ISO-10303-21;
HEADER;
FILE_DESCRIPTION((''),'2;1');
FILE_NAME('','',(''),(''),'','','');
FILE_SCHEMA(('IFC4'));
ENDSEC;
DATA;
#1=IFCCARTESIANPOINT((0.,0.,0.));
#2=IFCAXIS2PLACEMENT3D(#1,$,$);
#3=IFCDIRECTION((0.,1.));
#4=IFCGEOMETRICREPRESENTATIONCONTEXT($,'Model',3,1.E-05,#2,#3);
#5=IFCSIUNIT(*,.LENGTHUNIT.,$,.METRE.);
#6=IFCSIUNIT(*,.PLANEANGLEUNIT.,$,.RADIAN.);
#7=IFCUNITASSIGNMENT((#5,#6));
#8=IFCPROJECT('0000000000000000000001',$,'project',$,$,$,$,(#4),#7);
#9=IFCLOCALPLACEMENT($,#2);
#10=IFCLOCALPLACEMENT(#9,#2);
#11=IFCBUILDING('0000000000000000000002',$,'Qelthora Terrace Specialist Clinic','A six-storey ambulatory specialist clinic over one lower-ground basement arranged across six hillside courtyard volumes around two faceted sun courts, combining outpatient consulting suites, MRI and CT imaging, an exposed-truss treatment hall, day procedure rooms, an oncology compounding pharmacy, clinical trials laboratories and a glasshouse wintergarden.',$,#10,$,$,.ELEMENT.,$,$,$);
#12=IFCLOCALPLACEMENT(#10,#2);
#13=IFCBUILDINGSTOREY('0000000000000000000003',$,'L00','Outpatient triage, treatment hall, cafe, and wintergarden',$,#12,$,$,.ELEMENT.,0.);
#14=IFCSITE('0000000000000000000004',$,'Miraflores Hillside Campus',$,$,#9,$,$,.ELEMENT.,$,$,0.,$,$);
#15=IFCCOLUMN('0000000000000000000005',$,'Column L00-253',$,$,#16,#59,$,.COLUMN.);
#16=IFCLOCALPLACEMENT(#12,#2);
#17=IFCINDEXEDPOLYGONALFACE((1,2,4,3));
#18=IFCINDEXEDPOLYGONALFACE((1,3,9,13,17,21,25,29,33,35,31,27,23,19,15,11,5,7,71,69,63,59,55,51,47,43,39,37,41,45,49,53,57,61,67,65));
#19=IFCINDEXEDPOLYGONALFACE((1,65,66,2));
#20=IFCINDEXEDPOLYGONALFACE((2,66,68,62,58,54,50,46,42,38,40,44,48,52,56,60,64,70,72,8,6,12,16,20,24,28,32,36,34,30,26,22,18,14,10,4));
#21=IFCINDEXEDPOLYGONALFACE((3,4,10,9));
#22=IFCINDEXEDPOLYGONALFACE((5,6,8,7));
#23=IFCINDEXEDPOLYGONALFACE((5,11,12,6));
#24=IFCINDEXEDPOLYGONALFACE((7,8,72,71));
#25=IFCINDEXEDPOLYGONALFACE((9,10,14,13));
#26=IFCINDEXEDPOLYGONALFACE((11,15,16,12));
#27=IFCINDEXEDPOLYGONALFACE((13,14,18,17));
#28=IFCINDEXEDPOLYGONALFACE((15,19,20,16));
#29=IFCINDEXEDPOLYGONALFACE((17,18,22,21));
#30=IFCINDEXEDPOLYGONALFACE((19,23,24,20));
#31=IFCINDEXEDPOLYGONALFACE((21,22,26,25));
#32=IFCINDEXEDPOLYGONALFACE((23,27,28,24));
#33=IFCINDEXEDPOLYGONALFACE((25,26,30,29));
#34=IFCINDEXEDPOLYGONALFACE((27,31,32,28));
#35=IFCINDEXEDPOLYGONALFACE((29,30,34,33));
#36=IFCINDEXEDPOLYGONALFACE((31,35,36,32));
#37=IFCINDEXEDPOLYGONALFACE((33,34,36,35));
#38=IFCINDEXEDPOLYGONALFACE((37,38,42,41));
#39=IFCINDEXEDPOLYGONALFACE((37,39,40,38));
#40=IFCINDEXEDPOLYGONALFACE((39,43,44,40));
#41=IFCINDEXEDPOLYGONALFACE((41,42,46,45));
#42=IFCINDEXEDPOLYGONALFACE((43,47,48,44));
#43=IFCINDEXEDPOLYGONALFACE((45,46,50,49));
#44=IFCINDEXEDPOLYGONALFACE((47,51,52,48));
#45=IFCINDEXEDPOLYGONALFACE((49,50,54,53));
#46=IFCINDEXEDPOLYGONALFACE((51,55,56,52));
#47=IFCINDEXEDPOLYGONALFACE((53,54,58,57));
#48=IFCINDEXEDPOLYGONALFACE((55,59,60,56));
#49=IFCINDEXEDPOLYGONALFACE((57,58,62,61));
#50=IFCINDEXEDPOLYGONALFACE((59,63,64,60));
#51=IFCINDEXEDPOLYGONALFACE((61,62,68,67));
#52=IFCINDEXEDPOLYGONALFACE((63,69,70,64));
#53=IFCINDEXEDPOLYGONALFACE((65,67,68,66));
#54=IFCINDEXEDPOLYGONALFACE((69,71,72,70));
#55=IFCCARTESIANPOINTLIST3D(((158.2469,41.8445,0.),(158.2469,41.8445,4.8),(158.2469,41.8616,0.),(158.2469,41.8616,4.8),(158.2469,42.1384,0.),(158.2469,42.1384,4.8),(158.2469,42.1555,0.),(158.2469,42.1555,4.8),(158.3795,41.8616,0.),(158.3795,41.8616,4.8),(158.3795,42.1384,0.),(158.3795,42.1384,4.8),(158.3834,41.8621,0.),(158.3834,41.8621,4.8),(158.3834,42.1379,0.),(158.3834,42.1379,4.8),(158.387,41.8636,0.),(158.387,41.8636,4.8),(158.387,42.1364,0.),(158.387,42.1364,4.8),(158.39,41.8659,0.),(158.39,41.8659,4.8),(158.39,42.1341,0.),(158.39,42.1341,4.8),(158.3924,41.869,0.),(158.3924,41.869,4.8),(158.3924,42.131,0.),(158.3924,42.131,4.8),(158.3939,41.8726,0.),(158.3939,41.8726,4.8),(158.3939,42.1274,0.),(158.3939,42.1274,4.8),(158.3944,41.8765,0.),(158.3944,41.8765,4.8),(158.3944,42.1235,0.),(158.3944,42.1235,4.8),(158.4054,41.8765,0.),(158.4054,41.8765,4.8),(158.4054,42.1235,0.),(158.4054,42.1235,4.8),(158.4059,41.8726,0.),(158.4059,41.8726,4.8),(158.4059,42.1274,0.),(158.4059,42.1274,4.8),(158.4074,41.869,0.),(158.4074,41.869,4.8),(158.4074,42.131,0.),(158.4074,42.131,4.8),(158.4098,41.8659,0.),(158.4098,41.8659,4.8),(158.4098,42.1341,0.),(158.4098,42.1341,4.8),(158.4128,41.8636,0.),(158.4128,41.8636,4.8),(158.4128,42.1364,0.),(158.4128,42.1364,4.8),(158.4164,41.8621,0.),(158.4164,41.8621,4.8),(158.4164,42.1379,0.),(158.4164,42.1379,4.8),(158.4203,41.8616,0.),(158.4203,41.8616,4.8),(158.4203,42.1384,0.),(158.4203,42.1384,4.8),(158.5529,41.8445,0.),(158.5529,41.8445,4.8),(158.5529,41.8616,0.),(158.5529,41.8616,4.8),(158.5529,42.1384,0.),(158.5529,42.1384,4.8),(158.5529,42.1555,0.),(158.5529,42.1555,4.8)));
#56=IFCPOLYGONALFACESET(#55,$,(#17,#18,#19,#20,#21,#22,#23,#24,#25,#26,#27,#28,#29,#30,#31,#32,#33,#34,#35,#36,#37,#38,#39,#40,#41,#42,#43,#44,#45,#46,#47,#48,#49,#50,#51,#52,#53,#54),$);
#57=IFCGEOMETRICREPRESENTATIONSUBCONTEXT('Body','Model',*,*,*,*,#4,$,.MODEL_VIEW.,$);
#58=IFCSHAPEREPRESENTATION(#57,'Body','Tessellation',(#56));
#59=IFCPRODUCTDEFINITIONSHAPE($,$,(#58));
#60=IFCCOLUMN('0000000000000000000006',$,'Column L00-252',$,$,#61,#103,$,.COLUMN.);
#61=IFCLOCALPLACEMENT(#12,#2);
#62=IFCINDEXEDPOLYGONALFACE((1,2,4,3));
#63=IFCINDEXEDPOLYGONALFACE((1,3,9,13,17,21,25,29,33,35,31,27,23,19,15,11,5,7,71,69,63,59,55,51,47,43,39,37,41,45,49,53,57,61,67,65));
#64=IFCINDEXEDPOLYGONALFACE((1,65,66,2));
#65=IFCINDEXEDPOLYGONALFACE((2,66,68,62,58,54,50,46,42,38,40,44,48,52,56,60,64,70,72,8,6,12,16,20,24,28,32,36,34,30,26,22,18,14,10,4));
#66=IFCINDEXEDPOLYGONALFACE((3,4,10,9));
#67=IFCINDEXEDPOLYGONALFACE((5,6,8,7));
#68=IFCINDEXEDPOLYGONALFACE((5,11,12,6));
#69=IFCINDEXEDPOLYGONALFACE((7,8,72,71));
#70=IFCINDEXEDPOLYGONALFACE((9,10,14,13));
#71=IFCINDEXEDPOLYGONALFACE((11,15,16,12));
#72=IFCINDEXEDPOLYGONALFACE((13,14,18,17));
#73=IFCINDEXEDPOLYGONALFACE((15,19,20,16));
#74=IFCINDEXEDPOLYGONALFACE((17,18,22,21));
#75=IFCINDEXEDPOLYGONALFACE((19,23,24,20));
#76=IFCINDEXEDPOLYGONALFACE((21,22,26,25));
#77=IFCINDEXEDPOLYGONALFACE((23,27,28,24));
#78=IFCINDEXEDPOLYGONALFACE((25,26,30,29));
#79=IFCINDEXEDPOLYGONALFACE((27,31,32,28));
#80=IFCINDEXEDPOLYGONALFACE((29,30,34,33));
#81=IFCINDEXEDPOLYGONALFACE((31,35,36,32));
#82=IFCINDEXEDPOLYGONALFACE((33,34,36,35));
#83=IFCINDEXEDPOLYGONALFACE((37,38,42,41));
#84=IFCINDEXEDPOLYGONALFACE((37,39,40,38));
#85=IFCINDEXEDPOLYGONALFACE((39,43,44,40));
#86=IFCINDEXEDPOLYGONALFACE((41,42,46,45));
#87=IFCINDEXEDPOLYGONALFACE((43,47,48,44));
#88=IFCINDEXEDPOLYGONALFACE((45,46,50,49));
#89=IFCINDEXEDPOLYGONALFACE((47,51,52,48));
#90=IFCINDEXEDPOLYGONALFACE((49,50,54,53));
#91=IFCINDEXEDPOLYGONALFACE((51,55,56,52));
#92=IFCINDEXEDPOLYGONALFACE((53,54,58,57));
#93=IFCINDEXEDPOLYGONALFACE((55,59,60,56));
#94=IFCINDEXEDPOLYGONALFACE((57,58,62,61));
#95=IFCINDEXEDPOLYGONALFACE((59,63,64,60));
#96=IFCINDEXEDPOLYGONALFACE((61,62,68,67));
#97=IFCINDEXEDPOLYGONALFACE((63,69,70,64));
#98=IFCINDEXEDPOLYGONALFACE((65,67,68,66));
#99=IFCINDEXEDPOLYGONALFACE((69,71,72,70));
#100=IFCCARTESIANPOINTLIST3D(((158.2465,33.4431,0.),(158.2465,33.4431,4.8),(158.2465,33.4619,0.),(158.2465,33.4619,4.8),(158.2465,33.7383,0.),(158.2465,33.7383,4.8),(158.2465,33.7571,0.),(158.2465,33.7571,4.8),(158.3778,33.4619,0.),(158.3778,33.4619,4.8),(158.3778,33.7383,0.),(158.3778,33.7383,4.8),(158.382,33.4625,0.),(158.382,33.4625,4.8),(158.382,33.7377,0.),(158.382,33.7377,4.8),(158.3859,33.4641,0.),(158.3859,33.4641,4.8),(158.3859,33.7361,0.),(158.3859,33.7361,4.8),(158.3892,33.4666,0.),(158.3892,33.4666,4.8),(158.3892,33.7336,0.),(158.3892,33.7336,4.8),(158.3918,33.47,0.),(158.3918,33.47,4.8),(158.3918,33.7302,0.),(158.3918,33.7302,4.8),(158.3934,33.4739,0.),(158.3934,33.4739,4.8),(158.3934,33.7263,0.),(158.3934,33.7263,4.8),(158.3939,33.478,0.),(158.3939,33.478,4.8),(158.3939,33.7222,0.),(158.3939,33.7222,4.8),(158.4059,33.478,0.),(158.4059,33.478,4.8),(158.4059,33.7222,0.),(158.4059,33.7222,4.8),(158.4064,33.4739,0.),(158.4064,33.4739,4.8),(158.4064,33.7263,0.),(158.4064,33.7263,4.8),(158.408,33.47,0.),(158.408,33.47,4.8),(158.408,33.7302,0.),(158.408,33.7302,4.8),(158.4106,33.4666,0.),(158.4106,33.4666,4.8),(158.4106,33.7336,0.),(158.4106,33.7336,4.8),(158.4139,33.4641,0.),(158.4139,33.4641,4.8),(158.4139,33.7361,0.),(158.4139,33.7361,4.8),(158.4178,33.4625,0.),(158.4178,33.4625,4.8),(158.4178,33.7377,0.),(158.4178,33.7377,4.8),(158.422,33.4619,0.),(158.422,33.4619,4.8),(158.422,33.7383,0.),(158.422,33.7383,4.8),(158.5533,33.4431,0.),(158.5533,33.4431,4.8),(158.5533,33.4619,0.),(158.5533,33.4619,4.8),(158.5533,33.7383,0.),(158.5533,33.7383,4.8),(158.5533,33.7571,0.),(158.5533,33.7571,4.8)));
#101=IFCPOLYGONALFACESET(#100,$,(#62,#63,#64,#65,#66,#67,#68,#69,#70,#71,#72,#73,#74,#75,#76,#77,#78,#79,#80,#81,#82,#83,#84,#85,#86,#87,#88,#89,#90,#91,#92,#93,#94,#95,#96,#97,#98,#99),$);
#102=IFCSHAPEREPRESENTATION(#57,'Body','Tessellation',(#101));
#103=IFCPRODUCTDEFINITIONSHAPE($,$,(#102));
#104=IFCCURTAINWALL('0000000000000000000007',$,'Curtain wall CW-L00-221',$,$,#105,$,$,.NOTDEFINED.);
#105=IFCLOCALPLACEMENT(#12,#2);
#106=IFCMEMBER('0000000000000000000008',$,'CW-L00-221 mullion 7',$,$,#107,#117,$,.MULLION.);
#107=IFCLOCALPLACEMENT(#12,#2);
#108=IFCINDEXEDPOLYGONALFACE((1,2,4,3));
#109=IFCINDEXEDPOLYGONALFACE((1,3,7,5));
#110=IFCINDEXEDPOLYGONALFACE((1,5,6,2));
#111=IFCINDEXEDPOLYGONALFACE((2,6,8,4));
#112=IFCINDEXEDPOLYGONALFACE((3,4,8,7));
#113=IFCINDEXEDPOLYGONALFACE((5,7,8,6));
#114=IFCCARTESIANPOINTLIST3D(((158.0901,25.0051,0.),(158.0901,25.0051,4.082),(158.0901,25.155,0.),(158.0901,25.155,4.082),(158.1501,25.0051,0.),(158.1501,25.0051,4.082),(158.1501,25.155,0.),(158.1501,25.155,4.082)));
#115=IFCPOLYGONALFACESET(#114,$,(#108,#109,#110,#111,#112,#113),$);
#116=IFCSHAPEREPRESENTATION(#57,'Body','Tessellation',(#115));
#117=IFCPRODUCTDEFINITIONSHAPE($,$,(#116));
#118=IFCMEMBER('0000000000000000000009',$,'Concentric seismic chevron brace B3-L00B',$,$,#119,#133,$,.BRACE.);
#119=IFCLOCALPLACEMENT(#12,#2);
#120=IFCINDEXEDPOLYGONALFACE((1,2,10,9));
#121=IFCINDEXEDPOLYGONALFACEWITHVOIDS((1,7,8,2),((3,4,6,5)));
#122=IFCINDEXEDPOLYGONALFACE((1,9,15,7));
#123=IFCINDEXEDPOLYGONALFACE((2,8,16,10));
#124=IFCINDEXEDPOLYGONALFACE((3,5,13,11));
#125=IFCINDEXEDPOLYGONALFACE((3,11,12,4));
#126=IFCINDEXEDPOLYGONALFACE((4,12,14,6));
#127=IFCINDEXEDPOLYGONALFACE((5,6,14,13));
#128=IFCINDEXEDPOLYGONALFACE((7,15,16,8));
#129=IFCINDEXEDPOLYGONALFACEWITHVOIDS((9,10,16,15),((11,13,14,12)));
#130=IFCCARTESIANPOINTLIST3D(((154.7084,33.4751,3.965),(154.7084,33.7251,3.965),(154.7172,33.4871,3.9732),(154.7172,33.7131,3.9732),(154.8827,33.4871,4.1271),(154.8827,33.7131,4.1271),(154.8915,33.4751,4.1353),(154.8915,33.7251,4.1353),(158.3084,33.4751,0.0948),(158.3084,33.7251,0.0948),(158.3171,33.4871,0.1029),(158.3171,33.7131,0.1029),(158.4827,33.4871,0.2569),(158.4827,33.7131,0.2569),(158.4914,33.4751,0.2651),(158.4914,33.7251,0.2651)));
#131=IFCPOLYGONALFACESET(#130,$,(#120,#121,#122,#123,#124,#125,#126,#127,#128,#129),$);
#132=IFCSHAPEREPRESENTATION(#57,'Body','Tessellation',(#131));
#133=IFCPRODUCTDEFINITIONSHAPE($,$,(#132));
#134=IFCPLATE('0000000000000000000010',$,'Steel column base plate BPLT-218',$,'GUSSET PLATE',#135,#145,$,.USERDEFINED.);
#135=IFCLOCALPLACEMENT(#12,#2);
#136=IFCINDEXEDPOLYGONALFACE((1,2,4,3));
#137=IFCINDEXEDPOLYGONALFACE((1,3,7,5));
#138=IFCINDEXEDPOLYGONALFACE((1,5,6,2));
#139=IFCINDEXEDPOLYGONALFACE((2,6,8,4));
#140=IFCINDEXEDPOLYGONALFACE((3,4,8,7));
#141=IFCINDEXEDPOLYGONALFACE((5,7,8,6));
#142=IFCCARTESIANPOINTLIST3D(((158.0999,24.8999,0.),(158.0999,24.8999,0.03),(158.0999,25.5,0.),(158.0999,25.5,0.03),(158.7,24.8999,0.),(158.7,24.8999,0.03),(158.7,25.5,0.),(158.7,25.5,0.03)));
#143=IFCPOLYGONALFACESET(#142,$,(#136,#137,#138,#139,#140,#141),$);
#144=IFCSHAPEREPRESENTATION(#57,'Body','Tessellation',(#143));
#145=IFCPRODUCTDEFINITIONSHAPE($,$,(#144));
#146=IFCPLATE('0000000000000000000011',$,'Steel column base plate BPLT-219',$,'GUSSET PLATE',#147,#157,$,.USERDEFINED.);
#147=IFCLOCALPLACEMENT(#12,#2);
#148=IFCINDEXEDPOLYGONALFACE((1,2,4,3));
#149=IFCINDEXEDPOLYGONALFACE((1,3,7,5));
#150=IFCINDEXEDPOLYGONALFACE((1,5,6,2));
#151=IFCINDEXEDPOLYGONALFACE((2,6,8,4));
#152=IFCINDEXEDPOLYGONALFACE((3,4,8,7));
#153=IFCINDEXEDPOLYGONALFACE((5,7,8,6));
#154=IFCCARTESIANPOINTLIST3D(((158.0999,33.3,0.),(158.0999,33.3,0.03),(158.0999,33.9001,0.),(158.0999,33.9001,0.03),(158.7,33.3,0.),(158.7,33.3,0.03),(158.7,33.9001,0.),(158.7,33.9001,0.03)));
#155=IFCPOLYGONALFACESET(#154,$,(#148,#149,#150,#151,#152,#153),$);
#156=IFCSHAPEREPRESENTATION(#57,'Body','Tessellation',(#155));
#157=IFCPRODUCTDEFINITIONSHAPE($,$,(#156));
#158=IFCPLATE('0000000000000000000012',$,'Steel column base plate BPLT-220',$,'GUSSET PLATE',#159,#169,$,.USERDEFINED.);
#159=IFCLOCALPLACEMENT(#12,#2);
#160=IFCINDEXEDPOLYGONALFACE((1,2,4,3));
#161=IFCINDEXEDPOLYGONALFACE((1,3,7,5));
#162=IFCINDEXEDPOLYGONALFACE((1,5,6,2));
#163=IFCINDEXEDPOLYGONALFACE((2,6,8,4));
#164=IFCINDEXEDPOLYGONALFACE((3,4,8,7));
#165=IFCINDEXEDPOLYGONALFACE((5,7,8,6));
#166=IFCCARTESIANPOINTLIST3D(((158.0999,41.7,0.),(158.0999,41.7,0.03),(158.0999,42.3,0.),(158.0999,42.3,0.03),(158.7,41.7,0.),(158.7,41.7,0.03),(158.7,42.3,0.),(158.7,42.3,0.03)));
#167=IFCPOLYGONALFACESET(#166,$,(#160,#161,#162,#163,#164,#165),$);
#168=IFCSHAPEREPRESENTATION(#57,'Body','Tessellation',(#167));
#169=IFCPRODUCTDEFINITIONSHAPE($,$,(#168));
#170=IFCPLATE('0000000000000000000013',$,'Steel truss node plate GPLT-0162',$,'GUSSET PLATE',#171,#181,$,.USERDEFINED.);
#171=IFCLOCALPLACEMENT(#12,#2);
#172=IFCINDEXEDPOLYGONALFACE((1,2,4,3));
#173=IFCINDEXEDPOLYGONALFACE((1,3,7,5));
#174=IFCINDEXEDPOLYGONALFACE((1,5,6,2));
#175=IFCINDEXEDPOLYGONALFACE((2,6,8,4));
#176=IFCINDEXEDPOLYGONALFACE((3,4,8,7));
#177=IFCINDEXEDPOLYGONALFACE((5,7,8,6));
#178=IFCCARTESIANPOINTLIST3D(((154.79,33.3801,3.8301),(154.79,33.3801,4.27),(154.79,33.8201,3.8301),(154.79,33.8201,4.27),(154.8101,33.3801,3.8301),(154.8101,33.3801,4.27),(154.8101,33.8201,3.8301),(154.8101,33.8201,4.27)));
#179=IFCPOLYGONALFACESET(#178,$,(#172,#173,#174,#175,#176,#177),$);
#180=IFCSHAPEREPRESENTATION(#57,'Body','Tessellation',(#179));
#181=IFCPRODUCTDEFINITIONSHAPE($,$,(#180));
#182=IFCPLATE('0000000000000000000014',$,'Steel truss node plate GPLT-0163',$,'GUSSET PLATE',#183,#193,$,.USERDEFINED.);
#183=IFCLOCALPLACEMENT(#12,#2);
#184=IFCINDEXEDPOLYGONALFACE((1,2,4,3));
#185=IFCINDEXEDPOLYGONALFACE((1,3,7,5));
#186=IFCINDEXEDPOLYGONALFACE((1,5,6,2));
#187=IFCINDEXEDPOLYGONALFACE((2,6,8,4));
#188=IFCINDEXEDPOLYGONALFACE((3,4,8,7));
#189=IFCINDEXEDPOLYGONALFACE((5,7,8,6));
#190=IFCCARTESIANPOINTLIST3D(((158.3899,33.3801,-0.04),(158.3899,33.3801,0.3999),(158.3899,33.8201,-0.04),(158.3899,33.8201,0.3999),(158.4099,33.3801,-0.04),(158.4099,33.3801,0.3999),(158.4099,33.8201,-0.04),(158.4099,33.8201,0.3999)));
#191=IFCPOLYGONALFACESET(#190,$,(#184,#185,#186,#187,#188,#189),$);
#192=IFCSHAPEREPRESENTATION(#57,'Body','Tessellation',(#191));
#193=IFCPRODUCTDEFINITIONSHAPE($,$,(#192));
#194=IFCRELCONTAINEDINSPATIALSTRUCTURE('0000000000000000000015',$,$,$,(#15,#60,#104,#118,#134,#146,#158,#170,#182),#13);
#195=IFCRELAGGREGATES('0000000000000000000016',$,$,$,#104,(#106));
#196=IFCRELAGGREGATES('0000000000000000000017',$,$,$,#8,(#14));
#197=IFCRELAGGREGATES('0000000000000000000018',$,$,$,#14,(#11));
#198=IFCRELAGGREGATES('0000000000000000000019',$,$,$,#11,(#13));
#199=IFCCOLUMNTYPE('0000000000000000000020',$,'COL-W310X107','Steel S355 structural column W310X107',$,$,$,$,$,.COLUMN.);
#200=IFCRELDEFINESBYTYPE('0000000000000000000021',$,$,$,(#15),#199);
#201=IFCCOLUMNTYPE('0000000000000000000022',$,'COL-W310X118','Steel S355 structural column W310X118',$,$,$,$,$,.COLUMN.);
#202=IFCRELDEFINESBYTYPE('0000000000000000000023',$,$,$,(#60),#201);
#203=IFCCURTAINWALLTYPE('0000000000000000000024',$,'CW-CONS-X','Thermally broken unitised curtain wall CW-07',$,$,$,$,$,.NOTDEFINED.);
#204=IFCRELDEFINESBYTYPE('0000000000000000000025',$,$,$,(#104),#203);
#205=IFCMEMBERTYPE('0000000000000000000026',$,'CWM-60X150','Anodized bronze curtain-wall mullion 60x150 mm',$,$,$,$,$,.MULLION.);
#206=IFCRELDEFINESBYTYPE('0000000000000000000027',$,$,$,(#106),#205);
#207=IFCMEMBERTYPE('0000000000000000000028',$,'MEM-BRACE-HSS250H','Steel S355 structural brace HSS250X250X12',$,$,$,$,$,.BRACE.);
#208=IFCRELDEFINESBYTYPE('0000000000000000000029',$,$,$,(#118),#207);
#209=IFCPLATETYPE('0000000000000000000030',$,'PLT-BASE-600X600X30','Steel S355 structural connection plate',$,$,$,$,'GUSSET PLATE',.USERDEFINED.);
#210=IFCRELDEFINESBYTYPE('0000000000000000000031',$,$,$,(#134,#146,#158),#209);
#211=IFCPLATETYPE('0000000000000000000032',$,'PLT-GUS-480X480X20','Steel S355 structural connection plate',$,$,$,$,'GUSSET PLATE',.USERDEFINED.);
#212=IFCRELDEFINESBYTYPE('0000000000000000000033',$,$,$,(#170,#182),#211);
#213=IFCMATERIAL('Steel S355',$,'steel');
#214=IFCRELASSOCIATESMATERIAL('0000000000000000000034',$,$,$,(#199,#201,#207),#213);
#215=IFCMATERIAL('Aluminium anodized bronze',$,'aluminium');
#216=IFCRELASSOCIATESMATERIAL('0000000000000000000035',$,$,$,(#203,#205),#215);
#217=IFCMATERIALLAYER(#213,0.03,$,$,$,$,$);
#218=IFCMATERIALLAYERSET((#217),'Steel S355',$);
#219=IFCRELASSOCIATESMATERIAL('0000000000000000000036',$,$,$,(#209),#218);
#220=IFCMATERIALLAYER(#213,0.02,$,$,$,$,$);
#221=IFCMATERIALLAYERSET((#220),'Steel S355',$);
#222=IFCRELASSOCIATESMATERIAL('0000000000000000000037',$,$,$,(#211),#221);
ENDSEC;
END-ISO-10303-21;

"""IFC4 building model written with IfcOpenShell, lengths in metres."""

from ifc_helpers import new_model, si_unit, direction, frame, origin, origin_2d, place, context, subcontext, project, spatial, rectangle, hollow_rectangle, i_section, extrude, material, layer, layer_set, material_profile, profile_set, type_object, element, aggregate, save


model = new_model("IFC4")

# Units and contexts
model_context = context("Model", 3, precision=1e-05, world=origin(), true_north=direction((0.0, 1.0)))
body_context = subcontext(model_context, "Body", "Model", "MODEL_VIEW")
ifc_project = project(units=[si_unit("LENGTHUNIT", "METRE"), si_unit("PLANEANGLEUNIT", "RADIAN")], contexts=[model_context])

# Site, building, storey
site_placement = place(None, origin())
site = spatial("IfcSite", under=ifc_project, at=site_placement, Name="Miraflores Hillside Campus", CompositionType="ELEMENT", RefElevation=0.0)
building_placement = place(site_placement, origin())
building = spatial("IfcBuilding", under=site, at=building_placement, Name="Qelthora Terrace Specialist Clinic", Description="A six-storey ambulatory specialist clinic over one lower-ground basement arranged across six hillside courtyard volumes around two faceted sun courts, combining outpatient consulting suites, MRI and CT imaging, an exposed-truss treatment hall, day procedure rooms, an oncology compounding pharmacy, clinical trials laboratories and a glasshouse wintergarden.", CompositionType="ELEMENT")
storey_placement = place(building_placement, origin())
storey = spatial("IfcBuildingStorey", under=building, at=storey_placement, Name="L00", Description="Outpatient triage, treatment hall, cafe, and wintergarden", CompositionType="ELEMENT", Elevation=0.0)

# Columns
ifc_material_1 = material(Name="Steel S355", Category="steel")
ifc_material_profile_1 = material_profile(ifc_material_1, i_section(OverallWidth=0.3059, OverallDepth=0.311, WebThickness=0.011, FlangeThickness=0.0171, FilletRadius=0.0149, at=origin_2d()), Name="W310X107")
ifc_profile_set_1 = profile_set([ifc_material_profile_1], Name="Steel S355")
column_type_1 = type_object("IfcColumnType", Name="COL-W310X107", Description="Steel S355 structural column W310X107", PredefinedType="COLUMN", material=ifc_profile_set_1)
column_1_placement = place(storey_placement, frame((158.3999, 42.0, 0.0), z_axis=(0.0, 0.0, 1.0), x_axis=(1.0, 0.0, 0.0)))
element("IfcColumn", 1, at=column_1_placement, inside=storey, type_object=column_type_1, Name="Column L00-253", PredefinedType="COLUMN", context=body_context, shape_type="SweptSolid", body=[
    extrude(i_section(OverallWidth=0.3059, OverallDepth=0.311, WebThickness=0.011, FlangeThickness=0.0171, FilletRadius=0.0149, at=origin_2d()), origin(), (0.0, 0.0, 1.0), 4.8),
])
ifc_material_profile_2 = material_profile(ifc_material_1, i_section(OverallWidth=0.3069, OverallDepth=0.314, WebThickness=0.012, FlangeThickness=0.0188, FilletRadius=0.0161, at=origin_2d()), Name="W310X118")
ifc_profile_set_2 = profile_set([ifc_material_profile_2], Name="Steel S355")
column_type_2 = type_object("IfcColumnType", Name="COL-W310X118", Description="Steel S355 structural column W310X118", PredefinedType="COLUMN", material=ifc_profile_set_2)
column_2_placement = place(storey_placement, frame((158.3999, 33.6001, 0.0), z_axis=(0.0, 0.0, 1.0), x_axis=(1.0, 0.0, 0.0)))
element("IfcColumn", 2, at=column_2_placement, inside=storey, type_object=column_type_2, Name="Column L00-252", PredefinedType="COLUMN", context=body_context, shape_type="SweptSolid", body=[
    extrude(i_section(OverallWidth=0.3069, OverallDepth=0.314, WebThickness=0.012, FlangeThickness=0.0188, FilletRadius=0.0161, at=origin_2d()), origin(), (0.0, 0.0, 1.0), 4.8),
])

# Curtain wall, member
ifc_material_2 = material(Name="Aluminium anodized bronze", Category="aluminium")
curtain_wall_type = type_object("IfcCurtainWallType", Name="CW-CONS-X", Description="Thermally broken unitised curtain wall CW-07", PredefinedType="NOTDEFINED", material=ifc_material_2)
curtain_wall_placement = place(storey_placement, origin())
curtain_wall = element("IfcCurtainWall", 3, at=curtain_wall_placement, inside=storey, type_object=curtain_wall_type, Name="Curtain wall CW-L00-221", PredefinedType="NOTDEFINED")
ifc_material_profile_3 = material_profile(ifc_material_2, rectangle(XDim=0.0601, YDim=0.1499, at=origin_2d()), Name="CWM60X150")
ifc_profile_set_3 = profile_set([ifc_material_profile_3], Name="Aluminium anodized bronze")
member_type_1 = type_object("IfcMemberType", Name="CWM-60X150", Description="Anodized bronze curtain-wall mullion 60x150 mm", PredefinedType="MULLION", material=ifc_profile_set_3)
member_1_placement = place(storey_placement, frame((158.1201, 25.0801, 0.0), z_axis=(0.0, 0.0, 1.0), x_axis=(1.0, 0.0, 0.0)))
member_1 = element("IfcMember", 4, at=member_1_placement, type_object=member_type_1, Name="CW-L00-221 mullion 7", PredefinedType="MULLION", context=body_context, shape_type="SweptSolid", body=[
    extrude(rectangle(XDim=0.0601, YDim=0.1499, at=origin_2d()), origin(), (0.0, 0.0, 1.0), 4.082),
])
aggregate(curtain_wall, [member_1])

# Member
ifc_material_profile_4 = material_profile(ifc_material_1, hollow_rectangle(XDim=0.25, YDim=0.25, WallThickness=0.012, at=origin_2d()), Name="HSS250X250X12")
ifc_profile_set_4 = profile_set([ifc_material_profile_4], Name="Steel S355")
member_type_2 = type_object("IfcMemberType", Name="MEM-BRACE-HSS250H", Description="Steel S355 structural brace HSS250X250X12", PredefinedType="BRACE", material=ifc_profile_set_4)
member_2_placement = place(storey_placement, frame((158.3999, 33.6001, 0.1799), z_axis=(-0.681078, 0.0, 0.732211), x_axis=(0.0, -1.0, 0.0)))
element("IfcMember", 5, at=member_2_placement, inside=storey, type_object=member_type_2, Name="Concentric seismic chevron brace B3-L00B", PredefinedType="BRACE", context=body_context, shape_type="SweptSolid", body=[
    extrude(hollow_rectangle(XDim=0.25, YDim=0.25, WallThickness=0.012, at=origin_2d()), origin(), (0.0, 0.0, 1.0), 5.2856),
])

# Plates
ifc_layer_1 = layer(ifc_material_1, 0.03)
ifc_layer_set_1 = layer_set([ifc_layer_1], Name="Steel S355")
plate_type_1 = type_object("IfcPlateType", Name="PLT-BASE-600X600X30", Description="Steel S355 structural connection plate", ElementType="GUSSET PLATE", PredefinedType="USERDEFINED", material=ifc_layer_set_1)
for number, where, z_axis, x_axis, name in (
    (6, (158.3999, 25.2, 0.0), (0.0, 0.0, 1.0), (1.0, 0.0, 0.0), "Steel column base plate BPLT-218"),
    (7, (158.3999, 33.6001, 0.0), (0.0, 0.0, 1.0), (1.0, 0.0, 0.0), "Steel column base plate BPLT-219"),
    (8, (158.3999, 42.0, 0.0), (0.0, 0.0, 1.0), (1.0, 0.0, 0.0), "Steel column base plate BPLT-220"),
):
    element("IfcPlate", number, at=place(storey_placement, frame(where, z_axis=z_axis, x_axis=x_axis)), inside=storey, type_object=plate_type_1, Name=name, ObjectType="GUSSET PLATE", PredefinedType="USERDEFINED", context=body_context, shape_type="SweptSolid", body=[
        extrude(rectangle(XDim=0.6001, YDim=0.6001, at=origin_2d()), origin(), (0.0, 0.0, 1.0), 0.03),
    ])
ifc_layer_2 = layer(ifc_material_1, 0.02)
ifc_layer_set_2 = layer_set([ifc_layer_2], Name="Steel S355")
plate_type_2 = type_object("IfcPlateType", Name="PLT-GUS-480X480X20", Description="Steel S355 structural connection plate", ElementType="GUSSET PLATE", PredefinedType="USERDEFINED", material=ifc_layer_set_2)
for number, where, z_axis, x_axis, name in (
    (9, (154.8, 33.6001, 3.8301), (0.0, 0.0, 1.0), (1.0, 0.0, 0.0), "Steel truss node plate GPLT-0162"),
    (10, (158.3999, 33.6001, -0.04), (0.0, 0.0, 1.0), (1.0, 0.0, 0.0), "Steel truss node plate GPLT-0163"),
):
    element("IfcPlate", number, at=place(storey_placement, frame(where, z_axis=z_axis, x_axis=x_axis)), inside=storey, type_object=plate_type_2, Name=name, ObjectType="GUSSET PLATE", PredefinedType="USERDEFINED", context=body_context, shape_type="SweptSolid", body=[
        extrude(rectangle(XDim=0.02, YDim=0.4399, at=origin_2d()), origin(), (0.0, 0.0, 1.0), 0.4399),
    ])

save(model, "model.ifc")
